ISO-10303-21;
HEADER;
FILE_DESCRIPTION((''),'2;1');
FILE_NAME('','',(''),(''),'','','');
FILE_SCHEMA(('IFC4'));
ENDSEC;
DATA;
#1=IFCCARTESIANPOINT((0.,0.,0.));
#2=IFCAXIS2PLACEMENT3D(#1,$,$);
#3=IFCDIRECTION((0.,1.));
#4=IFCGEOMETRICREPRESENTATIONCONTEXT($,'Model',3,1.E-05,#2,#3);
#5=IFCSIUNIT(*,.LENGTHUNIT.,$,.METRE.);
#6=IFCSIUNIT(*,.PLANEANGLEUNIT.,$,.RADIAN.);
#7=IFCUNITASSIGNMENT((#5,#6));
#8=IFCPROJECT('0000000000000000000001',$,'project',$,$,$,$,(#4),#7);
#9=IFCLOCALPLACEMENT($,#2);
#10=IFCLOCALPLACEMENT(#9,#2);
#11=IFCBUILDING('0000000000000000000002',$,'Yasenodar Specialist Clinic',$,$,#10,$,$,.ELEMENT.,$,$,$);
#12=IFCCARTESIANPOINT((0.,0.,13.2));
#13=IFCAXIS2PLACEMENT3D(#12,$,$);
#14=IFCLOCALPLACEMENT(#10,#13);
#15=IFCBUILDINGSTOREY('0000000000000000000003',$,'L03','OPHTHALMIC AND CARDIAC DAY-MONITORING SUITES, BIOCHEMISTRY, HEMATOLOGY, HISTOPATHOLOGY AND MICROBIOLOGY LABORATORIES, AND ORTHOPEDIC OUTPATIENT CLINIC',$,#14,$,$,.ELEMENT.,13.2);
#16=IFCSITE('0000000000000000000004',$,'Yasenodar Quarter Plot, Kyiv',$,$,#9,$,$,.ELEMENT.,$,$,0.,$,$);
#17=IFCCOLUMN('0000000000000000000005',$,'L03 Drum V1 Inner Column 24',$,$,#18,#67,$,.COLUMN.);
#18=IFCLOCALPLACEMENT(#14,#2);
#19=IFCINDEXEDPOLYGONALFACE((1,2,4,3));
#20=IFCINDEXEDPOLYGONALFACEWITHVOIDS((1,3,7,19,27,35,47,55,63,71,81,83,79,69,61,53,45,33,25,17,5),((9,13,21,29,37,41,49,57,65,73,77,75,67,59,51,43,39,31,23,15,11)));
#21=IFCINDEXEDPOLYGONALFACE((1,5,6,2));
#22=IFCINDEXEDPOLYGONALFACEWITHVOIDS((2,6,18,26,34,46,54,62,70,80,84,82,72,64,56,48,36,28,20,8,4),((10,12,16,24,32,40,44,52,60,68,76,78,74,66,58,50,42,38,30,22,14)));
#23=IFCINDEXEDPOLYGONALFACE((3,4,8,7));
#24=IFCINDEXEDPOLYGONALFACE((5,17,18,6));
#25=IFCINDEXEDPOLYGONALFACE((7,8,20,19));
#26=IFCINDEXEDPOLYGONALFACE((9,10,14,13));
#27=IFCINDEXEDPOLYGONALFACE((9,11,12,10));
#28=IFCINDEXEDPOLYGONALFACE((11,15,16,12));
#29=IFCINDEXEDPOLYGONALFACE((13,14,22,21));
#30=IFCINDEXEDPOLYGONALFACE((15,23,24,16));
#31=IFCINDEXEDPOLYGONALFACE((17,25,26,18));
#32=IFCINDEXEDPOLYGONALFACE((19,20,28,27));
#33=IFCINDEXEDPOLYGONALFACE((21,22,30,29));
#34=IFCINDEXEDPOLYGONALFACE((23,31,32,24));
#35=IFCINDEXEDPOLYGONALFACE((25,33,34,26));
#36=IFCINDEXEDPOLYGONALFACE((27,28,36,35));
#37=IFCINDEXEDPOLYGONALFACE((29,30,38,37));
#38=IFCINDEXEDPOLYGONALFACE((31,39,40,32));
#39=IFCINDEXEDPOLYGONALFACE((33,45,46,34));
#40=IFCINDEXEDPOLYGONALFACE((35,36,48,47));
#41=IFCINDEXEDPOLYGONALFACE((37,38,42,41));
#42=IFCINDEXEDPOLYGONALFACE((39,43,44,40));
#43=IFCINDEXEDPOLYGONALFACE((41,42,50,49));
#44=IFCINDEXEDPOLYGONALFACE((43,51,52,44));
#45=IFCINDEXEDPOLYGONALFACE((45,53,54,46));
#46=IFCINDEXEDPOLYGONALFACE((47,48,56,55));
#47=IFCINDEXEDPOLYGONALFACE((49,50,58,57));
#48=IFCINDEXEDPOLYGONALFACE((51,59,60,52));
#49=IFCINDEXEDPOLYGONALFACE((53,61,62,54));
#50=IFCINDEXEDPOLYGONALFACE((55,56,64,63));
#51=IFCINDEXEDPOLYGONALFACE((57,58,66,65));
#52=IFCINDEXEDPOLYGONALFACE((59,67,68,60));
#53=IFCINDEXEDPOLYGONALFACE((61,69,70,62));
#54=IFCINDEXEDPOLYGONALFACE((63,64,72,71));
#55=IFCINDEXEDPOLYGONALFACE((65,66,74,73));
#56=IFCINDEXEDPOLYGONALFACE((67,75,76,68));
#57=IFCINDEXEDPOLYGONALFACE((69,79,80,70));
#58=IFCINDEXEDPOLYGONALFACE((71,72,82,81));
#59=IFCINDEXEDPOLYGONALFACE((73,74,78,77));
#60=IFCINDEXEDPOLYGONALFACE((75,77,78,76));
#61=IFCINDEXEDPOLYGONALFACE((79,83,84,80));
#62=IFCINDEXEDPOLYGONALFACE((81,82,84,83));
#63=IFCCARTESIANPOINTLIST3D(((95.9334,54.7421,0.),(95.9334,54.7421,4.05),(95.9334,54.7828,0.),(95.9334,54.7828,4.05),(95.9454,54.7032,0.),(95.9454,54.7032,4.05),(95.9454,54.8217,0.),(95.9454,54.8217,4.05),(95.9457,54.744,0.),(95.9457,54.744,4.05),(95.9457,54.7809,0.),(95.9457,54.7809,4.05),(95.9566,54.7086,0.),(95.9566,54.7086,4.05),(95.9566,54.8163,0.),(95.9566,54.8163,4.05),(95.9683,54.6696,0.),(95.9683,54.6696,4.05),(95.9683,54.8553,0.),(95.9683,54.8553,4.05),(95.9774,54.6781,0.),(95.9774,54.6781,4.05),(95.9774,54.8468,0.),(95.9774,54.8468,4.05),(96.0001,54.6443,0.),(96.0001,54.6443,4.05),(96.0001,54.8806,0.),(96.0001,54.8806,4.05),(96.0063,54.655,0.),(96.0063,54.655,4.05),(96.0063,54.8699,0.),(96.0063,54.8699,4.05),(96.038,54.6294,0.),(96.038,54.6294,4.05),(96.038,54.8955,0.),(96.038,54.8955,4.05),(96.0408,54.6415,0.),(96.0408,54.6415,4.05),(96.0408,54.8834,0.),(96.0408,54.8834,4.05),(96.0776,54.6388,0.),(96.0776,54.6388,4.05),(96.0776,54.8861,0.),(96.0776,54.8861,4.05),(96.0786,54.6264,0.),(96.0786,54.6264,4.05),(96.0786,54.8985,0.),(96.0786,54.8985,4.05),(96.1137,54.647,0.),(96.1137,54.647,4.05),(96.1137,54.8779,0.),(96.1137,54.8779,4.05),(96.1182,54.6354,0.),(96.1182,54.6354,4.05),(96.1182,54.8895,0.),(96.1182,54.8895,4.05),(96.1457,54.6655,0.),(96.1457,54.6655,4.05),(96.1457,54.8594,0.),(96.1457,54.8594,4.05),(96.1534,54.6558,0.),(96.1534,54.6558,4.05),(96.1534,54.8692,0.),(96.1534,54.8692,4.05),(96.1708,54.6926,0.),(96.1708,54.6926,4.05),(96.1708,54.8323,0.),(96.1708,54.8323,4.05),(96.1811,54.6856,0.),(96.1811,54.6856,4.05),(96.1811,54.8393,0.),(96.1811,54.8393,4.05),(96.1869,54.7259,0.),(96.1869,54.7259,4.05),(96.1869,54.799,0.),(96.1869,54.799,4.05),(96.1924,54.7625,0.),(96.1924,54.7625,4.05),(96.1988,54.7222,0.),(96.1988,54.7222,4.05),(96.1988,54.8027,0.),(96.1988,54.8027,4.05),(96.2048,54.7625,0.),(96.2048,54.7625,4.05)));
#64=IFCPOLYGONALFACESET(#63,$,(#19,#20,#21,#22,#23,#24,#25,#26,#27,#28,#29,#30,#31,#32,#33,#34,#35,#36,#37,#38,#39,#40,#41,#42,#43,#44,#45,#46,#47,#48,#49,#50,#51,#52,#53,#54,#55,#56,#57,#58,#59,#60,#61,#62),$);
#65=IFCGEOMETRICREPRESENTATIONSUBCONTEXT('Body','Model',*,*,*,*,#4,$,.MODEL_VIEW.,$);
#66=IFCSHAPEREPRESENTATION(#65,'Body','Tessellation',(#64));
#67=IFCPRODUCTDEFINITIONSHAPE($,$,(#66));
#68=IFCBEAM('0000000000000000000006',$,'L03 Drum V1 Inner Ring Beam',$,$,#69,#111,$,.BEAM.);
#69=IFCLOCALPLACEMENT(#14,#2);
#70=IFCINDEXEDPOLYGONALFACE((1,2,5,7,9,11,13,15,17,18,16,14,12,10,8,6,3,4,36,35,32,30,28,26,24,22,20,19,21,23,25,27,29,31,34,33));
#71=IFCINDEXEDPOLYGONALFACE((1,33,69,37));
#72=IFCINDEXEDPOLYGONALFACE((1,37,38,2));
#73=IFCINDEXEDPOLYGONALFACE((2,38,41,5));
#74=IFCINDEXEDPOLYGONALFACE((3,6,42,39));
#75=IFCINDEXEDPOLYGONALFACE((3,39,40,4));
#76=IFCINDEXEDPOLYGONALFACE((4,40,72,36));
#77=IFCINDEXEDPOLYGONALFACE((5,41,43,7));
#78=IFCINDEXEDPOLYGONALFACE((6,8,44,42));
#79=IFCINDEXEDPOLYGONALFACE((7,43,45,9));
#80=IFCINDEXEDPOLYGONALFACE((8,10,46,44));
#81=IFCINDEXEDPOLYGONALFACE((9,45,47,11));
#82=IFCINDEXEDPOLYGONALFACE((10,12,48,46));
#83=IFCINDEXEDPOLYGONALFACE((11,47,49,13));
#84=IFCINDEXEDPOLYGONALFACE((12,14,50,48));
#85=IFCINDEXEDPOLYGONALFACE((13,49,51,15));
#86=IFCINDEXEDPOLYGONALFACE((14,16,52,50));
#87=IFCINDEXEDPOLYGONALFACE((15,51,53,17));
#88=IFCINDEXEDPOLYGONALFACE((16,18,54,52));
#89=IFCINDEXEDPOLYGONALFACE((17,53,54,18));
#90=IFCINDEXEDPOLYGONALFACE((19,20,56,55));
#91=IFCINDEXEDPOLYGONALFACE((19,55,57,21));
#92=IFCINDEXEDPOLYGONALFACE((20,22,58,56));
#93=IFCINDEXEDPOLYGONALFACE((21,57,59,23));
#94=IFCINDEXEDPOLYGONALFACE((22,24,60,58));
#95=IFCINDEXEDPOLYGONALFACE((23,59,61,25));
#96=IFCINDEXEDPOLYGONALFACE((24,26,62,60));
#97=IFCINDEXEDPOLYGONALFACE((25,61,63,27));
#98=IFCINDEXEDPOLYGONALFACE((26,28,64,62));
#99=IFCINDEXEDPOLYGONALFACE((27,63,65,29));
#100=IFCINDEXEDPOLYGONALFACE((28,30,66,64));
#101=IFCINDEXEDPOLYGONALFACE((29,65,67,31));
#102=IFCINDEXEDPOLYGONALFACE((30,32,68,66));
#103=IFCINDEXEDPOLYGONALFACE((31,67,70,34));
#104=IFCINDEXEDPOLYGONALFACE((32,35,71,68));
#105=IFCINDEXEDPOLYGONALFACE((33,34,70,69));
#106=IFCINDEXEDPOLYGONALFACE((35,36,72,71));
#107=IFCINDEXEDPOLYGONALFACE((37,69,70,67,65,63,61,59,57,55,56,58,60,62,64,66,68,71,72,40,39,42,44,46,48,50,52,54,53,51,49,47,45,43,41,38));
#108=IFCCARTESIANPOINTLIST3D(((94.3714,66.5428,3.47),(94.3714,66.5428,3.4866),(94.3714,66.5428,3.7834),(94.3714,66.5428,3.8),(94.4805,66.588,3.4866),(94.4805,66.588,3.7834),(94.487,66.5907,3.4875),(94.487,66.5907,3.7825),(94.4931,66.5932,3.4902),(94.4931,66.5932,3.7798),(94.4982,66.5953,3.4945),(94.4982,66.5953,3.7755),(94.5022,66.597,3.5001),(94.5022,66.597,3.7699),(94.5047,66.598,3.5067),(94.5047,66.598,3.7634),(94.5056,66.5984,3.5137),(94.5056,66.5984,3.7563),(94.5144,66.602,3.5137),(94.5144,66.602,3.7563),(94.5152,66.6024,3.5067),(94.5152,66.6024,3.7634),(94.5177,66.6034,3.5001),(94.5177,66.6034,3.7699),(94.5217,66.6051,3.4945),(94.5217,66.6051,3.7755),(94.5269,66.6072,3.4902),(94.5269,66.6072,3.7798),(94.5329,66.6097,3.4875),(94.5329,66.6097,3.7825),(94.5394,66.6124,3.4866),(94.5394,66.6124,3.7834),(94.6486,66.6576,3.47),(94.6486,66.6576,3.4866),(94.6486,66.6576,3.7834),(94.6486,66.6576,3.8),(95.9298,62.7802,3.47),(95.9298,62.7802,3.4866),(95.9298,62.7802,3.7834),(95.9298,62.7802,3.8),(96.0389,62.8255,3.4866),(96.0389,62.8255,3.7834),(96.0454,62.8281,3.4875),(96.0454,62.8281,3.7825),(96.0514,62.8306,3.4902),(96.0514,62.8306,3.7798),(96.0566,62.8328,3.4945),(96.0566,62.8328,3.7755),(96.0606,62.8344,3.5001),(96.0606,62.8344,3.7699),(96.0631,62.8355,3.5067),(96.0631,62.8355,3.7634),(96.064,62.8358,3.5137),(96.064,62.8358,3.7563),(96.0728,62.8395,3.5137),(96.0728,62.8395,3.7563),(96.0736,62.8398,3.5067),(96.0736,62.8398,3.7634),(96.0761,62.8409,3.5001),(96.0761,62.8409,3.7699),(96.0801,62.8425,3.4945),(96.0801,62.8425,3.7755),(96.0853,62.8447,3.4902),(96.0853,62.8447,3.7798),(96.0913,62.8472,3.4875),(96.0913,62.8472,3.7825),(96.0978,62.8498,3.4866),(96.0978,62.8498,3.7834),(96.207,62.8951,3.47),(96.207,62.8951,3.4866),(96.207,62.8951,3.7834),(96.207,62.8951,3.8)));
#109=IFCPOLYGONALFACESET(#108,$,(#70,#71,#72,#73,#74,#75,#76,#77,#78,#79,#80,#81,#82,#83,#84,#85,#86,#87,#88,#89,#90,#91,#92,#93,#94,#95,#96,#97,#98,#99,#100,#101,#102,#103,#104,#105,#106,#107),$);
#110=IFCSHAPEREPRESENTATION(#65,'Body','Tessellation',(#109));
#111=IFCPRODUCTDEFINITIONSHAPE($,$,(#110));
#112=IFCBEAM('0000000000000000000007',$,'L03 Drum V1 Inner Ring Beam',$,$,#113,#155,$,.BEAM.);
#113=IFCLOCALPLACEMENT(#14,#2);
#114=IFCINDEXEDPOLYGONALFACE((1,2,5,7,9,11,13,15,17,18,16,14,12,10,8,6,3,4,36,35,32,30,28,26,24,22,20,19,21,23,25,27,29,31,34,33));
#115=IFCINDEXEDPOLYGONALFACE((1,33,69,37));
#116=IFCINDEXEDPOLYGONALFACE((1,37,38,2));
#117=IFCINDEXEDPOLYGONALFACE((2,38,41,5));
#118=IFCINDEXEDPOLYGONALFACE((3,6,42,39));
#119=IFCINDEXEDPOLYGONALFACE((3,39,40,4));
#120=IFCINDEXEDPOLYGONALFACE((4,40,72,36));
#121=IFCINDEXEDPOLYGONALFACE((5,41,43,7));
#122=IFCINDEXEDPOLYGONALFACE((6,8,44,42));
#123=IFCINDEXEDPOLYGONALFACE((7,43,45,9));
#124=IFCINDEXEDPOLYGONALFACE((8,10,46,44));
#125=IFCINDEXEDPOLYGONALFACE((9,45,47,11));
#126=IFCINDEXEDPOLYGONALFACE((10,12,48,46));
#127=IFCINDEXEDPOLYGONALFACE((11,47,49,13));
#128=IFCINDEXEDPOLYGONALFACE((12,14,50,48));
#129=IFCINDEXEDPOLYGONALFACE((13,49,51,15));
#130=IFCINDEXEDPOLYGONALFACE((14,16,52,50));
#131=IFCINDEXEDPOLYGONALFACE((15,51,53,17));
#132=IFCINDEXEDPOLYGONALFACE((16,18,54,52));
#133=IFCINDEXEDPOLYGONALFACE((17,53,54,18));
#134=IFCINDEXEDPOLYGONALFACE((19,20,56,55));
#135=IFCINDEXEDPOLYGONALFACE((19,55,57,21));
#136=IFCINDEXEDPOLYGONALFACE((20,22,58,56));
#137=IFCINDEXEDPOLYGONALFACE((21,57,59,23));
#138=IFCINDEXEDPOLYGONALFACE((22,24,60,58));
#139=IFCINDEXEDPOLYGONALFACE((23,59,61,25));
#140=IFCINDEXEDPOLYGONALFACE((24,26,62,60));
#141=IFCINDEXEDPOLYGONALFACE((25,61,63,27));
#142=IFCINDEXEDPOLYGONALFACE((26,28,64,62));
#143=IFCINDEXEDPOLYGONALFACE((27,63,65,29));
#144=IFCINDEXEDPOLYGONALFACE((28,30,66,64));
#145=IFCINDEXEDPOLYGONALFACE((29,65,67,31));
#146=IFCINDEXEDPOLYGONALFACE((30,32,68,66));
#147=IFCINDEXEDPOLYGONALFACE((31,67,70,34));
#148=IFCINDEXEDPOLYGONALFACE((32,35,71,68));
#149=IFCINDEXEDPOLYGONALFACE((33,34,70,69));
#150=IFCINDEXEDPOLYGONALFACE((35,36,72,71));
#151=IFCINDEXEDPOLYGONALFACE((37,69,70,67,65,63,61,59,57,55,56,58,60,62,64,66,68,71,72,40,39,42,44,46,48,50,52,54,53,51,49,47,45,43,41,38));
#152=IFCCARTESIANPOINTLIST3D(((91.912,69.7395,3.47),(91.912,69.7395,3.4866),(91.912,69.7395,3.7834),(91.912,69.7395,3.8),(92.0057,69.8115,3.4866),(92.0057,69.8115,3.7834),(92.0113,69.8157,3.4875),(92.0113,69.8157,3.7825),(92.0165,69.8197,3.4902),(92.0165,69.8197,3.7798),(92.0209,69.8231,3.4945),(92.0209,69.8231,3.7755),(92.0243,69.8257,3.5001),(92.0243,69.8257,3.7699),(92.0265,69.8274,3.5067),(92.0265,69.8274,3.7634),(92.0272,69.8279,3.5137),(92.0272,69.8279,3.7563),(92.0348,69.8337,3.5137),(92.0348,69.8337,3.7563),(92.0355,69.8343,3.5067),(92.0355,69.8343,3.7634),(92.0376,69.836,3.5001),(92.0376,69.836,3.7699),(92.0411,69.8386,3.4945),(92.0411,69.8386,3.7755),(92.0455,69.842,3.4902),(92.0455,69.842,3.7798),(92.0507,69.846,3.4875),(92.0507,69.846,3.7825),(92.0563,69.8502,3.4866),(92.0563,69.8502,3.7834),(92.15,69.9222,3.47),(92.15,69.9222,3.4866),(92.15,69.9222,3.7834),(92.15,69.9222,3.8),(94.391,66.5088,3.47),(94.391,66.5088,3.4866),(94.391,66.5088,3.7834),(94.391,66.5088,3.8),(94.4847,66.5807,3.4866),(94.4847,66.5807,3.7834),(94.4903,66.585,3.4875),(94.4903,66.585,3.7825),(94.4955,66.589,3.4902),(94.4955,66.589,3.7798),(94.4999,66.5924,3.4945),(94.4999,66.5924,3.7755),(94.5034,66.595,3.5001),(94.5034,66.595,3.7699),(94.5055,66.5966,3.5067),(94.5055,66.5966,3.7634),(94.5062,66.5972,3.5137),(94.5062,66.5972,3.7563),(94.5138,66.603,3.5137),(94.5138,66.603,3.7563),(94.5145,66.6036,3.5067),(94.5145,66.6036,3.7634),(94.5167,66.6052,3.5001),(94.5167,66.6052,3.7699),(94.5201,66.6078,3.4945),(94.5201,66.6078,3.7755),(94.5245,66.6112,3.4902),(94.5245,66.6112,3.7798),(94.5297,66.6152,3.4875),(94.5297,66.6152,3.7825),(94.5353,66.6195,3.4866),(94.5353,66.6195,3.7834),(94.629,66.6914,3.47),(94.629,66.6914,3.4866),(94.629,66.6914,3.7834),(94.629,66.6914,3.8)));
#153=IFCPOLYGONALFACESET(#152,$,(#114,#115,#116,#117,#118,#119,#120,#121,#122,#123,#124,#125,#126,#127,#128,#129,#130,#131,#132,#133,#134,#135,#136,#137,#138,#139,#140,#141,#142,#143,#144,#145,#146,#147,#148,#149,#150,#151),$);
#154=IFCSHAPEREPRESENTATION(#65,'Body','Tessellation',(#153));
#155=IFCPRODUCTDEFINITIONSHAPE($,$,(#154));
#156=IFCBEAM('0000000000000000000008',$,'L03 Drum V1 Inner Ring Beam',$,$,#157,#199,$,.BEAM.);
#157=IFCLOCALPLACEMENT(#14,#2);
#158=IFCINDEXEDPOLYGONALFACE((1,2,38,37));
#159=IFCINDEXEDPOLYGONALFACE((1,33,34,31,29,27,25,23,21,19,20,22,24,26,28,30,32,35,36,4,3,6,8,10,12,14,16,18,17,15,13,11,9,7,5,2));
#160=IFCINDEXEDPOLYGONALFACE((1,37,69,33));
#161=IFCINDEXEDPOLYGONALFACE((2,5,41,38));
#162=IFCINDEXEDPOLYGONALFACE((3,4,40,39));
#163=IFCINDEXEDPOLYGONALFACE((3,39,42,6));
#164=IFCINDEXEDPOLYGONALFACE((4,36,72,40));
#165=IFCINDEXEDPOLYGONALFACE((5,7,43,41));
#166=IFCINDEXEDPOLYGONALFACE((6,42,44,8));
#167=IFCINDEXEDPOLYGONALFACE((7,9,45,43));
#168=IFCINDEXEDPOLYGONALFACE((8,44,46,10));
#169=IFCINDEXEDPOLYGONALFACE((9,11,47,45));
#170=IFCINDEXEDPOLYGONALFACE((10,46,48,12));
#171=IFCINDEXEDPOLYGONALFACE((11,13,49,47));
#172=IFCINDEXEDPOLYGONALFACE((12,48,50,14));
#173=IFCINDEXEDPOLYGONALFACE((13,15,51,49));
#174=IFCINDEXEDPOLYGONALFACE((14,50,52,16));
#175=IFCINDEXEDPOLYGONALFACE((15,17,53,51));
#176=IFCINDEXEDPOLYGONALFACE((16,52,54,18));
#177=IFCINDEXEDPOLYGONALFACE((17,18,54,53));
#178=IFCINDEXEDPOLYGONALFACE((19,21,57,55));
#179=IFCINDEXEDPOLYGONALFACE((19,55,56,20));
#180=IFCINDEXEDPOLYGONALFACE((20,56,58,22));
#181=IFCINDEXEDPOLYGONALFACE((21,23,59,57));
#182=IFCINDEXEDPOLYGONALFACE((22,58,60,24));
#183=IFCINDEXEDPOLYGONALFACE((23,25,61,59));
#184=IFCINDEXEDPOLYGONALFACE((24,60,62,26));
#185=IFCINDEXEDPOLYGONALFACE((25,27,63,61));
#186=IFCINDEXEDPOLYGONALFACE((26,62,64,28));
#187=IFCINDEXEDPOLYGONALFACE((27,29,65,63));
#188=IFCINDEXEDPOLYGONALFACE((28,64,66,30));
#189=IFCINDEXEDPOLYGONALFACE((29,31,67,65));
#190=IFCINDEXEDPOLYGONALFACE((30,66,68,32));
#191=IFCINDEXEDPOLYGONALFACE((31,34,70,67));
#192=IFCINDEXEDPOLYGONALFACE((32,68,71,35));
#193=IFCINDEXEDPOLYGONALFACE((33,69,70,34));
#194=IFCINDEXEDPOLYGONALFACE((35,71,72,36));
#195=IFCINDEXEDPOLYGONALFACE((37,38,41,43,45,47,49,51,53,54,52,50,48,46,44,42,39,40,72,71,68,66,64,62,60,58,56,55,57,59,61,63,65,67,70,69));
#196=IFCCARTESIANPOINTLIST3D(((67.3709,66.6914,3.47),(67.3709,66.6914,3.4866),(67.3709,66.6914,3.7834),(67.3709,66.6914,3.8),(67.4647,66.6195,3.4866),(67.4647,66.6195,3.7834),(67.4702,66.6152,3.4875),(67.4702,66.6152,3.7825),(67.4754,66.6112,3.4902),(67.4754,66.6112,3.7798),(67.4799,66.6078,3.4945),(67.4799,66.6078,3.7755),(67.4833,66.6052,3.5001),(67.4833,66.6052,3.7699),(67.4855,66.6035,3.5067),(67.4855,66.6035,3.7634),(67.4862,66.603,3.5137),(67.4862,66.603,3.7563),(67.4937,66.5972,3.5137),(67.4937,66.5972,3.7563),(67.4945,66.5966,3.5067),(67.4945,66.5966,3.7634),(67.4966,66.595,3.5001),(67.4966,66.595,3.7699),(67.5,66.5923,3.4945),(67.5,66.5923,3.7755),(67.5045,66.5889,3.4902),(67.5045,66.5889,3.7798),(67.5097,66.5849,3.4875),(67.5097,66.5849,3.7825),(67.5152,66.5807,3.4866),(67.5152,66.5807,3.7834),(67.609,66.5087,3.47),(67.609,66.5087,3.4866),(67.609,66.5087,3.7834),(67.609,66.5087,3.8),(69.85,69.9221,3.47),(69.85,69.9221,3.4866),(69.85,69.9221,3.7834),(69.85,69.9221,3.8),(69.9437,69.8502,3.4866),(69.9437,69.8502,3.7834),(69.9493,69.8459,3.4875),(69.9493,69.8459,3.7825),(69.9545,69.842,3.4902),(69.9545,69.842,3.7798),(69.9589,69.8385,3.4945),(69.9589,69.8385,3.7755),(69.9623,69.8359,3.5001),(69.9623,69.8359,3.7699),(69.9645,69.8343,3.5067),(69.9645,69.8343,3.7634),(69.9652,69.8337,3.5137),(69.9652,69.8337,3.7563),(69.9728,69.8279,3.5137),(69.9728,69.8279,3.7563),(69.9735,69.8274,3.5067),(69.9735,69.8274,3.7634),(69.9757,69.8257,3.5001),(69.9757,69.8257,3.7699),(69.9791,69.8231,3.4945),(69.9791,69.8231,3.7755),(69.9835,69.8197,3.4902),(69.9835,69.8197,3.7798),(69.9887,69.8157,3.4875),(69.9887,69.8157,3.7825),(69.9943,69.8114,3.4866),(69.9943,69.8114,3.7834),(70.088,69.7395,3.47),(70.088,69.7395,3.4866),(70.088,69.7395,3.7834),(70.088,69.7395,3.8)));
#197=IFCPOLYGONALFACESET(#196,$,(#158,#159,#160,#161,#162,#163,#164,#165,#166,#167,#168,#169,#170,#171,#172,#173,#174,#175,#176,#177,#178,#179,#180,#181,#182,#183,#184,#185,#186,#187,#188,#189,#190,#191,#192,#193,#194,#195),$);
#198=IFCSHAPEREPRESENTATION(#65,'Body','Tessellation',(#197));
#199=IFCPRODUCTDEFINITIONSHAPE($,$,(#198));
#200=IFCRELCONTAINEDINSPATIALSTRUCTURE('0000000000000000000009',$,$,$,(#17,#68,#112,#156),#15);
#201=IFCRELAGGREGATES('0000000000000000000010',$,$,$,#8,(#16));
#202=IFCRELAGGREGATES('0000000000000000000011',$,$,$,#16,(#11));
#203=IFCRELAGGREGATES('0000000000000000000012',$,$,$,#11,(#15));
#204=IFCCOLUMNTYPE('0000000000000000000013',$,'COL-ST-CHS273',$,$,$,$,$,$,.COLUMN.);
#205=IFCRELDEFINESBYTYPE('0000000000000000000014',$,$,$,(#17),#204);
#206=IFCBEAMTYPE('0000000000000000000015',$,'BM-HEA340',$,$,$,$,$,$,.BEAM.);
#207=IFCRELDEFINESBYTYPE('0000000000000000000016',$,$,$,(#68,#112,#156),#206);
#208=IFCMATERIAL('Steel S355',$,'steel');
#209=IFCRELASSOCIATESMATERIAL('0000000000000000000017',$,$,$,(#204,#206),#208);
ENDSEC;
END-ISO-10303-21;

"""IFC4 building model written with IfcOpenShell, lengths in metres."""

from ifc_helpers import new_model, si_unit, direction, frame, origin, origin_2d, place, context, subcontext, project, spatial, hollow_circle, i_section, extrude, material, material_profile, profile_set, type_object, element, save


model = new_model("IFC4")

# Units and contexts
model_context = context("Model", 3, precision=1e-05, world=origin(), true_north=direction((0.0, 1.0)))
body_context = subcontext(model_context, "Body", "Model", "MODEL_VIEW")
ifc_project = project(units=[si_unit("LENGTHUNIT", "METRE"), si_unit("PLANEANGLEUNIT", "RADIAN")], contexts=[model_context])

# Site, building, storey
site_placement = place(None, origin())
site = spatial("IfcSite", under=ifc_project, at=site_placement, Name="Yasenodar Quarter Plot, Kyiv", CompositionType="ELEMENT", RefElevation=0.0)
building_placement = place(site_placement, origin())
building = spatial("IfcBuilding", under=site, at=building_placement, Name="Yasenodar Specialist Clinic", CompositionType="ELEMENT")
storey_placement = place(building_placement, frame((0.0, 0.0, 13.2)))
storey = spatial("IfcBuildingStorey", under=building, at=storey_placement, Name="L03", Description="OPHTHALMIC AND CARDIAC DAY-MONITORING SUITES, BIOCHEMISTRY, HEMATOLOGY, HISTOPATHOLOGY AND MICROBIOLOGY LABORATORIES, AND ORTHOPEDIC OUTPATIENT CLINIC", CompositionType="ELEMENT", Elevation=13.2)

# Column
ifc_material_1 = material(Name="Steel S355", Category="steel")
ifc_material_profile_1 = material_profile(ifc_material_1, hollow_circle(Radius=0.1365, WallThickness=0.0125, at=origin_2d()), Name="CHS 273x12.5")
ifc_profile_set_1 = profile_set([ifc_material_profile_1], Name="Steel S355")
column_type = type_object("IfcColumnType", Name="COL-ST-CHS273", PredefinedType="COLUMN", material=ifc_profile_set_1)
for number, where, z_axis, x_axis, name in (
    (1, (96.0684, 54.7625, 0.0), (0.0, 0.0, 1.0), (1.0, 0.0, 0.0), "L03 Drum V1 Inner Column 24"),
):
    element("IfcColumn", number, at=place(storey_placement, frame(where, z_axis=z_axis, x_axis=x_axis)), inside=storey, type_object=column_type, Name=name, PredefinedType="COLUMN", context=body_context, shape_type="SweptSolid", body=[
        extrude(hollow_circle(Radius=0.1365, WallThickness=0.0125, at=origin_2d()), origin(), (0.0, 0.0, 1.0), 4.05),
    ])

# Beams
ifc_material_profile_2 = material_profile(ifc_material_1, i_section(OverallWidth=0.3, OverallDepth=0.3301, WebThickness=0.0095, FlangeThickness=0.0166, FilletRadius=0.0271, at=origin_2d()), Name="HEA 340")
ifc_profile_set_2 = profile_set([ifc_material_profile_2], Name="Steel S355")
beam_type_1 = type_object("IfcBeamType", Name="BM-HEA340", PredefinedType="BEAM", material=ifc_profile_set_2)
beam_1_placement = place(storey_placement, frame((96.0684, 62.8376, 3.635), z_axis=(-0.382661, 0.923889, 0.0), x_axis=(-0.923889, -0.382661, 0.0)))
element("IfcBeam", 2, at=beam_1_placement, inside=storey, type_object=beam_type_1, Name="L03 Drum V1 Inner Ring Beam", PredefinedType="BEAM", context=body_context, shape_type="SweptSolid", body=[
    extrude(i_section(OverallWidth=0.3, OverallDepth=0.3301, WebThickness=0.0095, FlangeThickness=0.0166, FilletRadius=0.0271, at=origin_2d()), origin(), (0.0, 0.0, 1.0), 4.0725),
])
for number, where, z_axis, x_axis, name in (
    (3, (94.51, 66.6001, 3.635), (-0.60876, 0.793354, 0.0), (-0.793354, -0.60876, 0.0), "L03 Drum V1 Inner Ring Beam"),
    (4, (69.969, 69.8308, 3.635), (-0.60876, -0.793354, 0.0), (0.793354, -0.60876, 0.0), "L03 Drum V1 Inner Ring Beam"),
):
    element("IfcBeam", number, at=place(storey_placement, frame(where, z_axis=z_axis, x_axis=x_axis)), inside=storey, type_object=beam_type_1, Name=name, PredefinedType="BEAM", context=body_context, shape_type="SweptSolid", body=[
        extrude(i_section(OverallWidth=0.3, OverallDepth=0.3301, WebThickness=0.0095, FlangeThickness=0.0166, FilletRadius=0.0271, at=origin_2d()), origin(), (0.0, 0.0, 1.0), 4.0723),
    ])

save(model, "model.ifc")
